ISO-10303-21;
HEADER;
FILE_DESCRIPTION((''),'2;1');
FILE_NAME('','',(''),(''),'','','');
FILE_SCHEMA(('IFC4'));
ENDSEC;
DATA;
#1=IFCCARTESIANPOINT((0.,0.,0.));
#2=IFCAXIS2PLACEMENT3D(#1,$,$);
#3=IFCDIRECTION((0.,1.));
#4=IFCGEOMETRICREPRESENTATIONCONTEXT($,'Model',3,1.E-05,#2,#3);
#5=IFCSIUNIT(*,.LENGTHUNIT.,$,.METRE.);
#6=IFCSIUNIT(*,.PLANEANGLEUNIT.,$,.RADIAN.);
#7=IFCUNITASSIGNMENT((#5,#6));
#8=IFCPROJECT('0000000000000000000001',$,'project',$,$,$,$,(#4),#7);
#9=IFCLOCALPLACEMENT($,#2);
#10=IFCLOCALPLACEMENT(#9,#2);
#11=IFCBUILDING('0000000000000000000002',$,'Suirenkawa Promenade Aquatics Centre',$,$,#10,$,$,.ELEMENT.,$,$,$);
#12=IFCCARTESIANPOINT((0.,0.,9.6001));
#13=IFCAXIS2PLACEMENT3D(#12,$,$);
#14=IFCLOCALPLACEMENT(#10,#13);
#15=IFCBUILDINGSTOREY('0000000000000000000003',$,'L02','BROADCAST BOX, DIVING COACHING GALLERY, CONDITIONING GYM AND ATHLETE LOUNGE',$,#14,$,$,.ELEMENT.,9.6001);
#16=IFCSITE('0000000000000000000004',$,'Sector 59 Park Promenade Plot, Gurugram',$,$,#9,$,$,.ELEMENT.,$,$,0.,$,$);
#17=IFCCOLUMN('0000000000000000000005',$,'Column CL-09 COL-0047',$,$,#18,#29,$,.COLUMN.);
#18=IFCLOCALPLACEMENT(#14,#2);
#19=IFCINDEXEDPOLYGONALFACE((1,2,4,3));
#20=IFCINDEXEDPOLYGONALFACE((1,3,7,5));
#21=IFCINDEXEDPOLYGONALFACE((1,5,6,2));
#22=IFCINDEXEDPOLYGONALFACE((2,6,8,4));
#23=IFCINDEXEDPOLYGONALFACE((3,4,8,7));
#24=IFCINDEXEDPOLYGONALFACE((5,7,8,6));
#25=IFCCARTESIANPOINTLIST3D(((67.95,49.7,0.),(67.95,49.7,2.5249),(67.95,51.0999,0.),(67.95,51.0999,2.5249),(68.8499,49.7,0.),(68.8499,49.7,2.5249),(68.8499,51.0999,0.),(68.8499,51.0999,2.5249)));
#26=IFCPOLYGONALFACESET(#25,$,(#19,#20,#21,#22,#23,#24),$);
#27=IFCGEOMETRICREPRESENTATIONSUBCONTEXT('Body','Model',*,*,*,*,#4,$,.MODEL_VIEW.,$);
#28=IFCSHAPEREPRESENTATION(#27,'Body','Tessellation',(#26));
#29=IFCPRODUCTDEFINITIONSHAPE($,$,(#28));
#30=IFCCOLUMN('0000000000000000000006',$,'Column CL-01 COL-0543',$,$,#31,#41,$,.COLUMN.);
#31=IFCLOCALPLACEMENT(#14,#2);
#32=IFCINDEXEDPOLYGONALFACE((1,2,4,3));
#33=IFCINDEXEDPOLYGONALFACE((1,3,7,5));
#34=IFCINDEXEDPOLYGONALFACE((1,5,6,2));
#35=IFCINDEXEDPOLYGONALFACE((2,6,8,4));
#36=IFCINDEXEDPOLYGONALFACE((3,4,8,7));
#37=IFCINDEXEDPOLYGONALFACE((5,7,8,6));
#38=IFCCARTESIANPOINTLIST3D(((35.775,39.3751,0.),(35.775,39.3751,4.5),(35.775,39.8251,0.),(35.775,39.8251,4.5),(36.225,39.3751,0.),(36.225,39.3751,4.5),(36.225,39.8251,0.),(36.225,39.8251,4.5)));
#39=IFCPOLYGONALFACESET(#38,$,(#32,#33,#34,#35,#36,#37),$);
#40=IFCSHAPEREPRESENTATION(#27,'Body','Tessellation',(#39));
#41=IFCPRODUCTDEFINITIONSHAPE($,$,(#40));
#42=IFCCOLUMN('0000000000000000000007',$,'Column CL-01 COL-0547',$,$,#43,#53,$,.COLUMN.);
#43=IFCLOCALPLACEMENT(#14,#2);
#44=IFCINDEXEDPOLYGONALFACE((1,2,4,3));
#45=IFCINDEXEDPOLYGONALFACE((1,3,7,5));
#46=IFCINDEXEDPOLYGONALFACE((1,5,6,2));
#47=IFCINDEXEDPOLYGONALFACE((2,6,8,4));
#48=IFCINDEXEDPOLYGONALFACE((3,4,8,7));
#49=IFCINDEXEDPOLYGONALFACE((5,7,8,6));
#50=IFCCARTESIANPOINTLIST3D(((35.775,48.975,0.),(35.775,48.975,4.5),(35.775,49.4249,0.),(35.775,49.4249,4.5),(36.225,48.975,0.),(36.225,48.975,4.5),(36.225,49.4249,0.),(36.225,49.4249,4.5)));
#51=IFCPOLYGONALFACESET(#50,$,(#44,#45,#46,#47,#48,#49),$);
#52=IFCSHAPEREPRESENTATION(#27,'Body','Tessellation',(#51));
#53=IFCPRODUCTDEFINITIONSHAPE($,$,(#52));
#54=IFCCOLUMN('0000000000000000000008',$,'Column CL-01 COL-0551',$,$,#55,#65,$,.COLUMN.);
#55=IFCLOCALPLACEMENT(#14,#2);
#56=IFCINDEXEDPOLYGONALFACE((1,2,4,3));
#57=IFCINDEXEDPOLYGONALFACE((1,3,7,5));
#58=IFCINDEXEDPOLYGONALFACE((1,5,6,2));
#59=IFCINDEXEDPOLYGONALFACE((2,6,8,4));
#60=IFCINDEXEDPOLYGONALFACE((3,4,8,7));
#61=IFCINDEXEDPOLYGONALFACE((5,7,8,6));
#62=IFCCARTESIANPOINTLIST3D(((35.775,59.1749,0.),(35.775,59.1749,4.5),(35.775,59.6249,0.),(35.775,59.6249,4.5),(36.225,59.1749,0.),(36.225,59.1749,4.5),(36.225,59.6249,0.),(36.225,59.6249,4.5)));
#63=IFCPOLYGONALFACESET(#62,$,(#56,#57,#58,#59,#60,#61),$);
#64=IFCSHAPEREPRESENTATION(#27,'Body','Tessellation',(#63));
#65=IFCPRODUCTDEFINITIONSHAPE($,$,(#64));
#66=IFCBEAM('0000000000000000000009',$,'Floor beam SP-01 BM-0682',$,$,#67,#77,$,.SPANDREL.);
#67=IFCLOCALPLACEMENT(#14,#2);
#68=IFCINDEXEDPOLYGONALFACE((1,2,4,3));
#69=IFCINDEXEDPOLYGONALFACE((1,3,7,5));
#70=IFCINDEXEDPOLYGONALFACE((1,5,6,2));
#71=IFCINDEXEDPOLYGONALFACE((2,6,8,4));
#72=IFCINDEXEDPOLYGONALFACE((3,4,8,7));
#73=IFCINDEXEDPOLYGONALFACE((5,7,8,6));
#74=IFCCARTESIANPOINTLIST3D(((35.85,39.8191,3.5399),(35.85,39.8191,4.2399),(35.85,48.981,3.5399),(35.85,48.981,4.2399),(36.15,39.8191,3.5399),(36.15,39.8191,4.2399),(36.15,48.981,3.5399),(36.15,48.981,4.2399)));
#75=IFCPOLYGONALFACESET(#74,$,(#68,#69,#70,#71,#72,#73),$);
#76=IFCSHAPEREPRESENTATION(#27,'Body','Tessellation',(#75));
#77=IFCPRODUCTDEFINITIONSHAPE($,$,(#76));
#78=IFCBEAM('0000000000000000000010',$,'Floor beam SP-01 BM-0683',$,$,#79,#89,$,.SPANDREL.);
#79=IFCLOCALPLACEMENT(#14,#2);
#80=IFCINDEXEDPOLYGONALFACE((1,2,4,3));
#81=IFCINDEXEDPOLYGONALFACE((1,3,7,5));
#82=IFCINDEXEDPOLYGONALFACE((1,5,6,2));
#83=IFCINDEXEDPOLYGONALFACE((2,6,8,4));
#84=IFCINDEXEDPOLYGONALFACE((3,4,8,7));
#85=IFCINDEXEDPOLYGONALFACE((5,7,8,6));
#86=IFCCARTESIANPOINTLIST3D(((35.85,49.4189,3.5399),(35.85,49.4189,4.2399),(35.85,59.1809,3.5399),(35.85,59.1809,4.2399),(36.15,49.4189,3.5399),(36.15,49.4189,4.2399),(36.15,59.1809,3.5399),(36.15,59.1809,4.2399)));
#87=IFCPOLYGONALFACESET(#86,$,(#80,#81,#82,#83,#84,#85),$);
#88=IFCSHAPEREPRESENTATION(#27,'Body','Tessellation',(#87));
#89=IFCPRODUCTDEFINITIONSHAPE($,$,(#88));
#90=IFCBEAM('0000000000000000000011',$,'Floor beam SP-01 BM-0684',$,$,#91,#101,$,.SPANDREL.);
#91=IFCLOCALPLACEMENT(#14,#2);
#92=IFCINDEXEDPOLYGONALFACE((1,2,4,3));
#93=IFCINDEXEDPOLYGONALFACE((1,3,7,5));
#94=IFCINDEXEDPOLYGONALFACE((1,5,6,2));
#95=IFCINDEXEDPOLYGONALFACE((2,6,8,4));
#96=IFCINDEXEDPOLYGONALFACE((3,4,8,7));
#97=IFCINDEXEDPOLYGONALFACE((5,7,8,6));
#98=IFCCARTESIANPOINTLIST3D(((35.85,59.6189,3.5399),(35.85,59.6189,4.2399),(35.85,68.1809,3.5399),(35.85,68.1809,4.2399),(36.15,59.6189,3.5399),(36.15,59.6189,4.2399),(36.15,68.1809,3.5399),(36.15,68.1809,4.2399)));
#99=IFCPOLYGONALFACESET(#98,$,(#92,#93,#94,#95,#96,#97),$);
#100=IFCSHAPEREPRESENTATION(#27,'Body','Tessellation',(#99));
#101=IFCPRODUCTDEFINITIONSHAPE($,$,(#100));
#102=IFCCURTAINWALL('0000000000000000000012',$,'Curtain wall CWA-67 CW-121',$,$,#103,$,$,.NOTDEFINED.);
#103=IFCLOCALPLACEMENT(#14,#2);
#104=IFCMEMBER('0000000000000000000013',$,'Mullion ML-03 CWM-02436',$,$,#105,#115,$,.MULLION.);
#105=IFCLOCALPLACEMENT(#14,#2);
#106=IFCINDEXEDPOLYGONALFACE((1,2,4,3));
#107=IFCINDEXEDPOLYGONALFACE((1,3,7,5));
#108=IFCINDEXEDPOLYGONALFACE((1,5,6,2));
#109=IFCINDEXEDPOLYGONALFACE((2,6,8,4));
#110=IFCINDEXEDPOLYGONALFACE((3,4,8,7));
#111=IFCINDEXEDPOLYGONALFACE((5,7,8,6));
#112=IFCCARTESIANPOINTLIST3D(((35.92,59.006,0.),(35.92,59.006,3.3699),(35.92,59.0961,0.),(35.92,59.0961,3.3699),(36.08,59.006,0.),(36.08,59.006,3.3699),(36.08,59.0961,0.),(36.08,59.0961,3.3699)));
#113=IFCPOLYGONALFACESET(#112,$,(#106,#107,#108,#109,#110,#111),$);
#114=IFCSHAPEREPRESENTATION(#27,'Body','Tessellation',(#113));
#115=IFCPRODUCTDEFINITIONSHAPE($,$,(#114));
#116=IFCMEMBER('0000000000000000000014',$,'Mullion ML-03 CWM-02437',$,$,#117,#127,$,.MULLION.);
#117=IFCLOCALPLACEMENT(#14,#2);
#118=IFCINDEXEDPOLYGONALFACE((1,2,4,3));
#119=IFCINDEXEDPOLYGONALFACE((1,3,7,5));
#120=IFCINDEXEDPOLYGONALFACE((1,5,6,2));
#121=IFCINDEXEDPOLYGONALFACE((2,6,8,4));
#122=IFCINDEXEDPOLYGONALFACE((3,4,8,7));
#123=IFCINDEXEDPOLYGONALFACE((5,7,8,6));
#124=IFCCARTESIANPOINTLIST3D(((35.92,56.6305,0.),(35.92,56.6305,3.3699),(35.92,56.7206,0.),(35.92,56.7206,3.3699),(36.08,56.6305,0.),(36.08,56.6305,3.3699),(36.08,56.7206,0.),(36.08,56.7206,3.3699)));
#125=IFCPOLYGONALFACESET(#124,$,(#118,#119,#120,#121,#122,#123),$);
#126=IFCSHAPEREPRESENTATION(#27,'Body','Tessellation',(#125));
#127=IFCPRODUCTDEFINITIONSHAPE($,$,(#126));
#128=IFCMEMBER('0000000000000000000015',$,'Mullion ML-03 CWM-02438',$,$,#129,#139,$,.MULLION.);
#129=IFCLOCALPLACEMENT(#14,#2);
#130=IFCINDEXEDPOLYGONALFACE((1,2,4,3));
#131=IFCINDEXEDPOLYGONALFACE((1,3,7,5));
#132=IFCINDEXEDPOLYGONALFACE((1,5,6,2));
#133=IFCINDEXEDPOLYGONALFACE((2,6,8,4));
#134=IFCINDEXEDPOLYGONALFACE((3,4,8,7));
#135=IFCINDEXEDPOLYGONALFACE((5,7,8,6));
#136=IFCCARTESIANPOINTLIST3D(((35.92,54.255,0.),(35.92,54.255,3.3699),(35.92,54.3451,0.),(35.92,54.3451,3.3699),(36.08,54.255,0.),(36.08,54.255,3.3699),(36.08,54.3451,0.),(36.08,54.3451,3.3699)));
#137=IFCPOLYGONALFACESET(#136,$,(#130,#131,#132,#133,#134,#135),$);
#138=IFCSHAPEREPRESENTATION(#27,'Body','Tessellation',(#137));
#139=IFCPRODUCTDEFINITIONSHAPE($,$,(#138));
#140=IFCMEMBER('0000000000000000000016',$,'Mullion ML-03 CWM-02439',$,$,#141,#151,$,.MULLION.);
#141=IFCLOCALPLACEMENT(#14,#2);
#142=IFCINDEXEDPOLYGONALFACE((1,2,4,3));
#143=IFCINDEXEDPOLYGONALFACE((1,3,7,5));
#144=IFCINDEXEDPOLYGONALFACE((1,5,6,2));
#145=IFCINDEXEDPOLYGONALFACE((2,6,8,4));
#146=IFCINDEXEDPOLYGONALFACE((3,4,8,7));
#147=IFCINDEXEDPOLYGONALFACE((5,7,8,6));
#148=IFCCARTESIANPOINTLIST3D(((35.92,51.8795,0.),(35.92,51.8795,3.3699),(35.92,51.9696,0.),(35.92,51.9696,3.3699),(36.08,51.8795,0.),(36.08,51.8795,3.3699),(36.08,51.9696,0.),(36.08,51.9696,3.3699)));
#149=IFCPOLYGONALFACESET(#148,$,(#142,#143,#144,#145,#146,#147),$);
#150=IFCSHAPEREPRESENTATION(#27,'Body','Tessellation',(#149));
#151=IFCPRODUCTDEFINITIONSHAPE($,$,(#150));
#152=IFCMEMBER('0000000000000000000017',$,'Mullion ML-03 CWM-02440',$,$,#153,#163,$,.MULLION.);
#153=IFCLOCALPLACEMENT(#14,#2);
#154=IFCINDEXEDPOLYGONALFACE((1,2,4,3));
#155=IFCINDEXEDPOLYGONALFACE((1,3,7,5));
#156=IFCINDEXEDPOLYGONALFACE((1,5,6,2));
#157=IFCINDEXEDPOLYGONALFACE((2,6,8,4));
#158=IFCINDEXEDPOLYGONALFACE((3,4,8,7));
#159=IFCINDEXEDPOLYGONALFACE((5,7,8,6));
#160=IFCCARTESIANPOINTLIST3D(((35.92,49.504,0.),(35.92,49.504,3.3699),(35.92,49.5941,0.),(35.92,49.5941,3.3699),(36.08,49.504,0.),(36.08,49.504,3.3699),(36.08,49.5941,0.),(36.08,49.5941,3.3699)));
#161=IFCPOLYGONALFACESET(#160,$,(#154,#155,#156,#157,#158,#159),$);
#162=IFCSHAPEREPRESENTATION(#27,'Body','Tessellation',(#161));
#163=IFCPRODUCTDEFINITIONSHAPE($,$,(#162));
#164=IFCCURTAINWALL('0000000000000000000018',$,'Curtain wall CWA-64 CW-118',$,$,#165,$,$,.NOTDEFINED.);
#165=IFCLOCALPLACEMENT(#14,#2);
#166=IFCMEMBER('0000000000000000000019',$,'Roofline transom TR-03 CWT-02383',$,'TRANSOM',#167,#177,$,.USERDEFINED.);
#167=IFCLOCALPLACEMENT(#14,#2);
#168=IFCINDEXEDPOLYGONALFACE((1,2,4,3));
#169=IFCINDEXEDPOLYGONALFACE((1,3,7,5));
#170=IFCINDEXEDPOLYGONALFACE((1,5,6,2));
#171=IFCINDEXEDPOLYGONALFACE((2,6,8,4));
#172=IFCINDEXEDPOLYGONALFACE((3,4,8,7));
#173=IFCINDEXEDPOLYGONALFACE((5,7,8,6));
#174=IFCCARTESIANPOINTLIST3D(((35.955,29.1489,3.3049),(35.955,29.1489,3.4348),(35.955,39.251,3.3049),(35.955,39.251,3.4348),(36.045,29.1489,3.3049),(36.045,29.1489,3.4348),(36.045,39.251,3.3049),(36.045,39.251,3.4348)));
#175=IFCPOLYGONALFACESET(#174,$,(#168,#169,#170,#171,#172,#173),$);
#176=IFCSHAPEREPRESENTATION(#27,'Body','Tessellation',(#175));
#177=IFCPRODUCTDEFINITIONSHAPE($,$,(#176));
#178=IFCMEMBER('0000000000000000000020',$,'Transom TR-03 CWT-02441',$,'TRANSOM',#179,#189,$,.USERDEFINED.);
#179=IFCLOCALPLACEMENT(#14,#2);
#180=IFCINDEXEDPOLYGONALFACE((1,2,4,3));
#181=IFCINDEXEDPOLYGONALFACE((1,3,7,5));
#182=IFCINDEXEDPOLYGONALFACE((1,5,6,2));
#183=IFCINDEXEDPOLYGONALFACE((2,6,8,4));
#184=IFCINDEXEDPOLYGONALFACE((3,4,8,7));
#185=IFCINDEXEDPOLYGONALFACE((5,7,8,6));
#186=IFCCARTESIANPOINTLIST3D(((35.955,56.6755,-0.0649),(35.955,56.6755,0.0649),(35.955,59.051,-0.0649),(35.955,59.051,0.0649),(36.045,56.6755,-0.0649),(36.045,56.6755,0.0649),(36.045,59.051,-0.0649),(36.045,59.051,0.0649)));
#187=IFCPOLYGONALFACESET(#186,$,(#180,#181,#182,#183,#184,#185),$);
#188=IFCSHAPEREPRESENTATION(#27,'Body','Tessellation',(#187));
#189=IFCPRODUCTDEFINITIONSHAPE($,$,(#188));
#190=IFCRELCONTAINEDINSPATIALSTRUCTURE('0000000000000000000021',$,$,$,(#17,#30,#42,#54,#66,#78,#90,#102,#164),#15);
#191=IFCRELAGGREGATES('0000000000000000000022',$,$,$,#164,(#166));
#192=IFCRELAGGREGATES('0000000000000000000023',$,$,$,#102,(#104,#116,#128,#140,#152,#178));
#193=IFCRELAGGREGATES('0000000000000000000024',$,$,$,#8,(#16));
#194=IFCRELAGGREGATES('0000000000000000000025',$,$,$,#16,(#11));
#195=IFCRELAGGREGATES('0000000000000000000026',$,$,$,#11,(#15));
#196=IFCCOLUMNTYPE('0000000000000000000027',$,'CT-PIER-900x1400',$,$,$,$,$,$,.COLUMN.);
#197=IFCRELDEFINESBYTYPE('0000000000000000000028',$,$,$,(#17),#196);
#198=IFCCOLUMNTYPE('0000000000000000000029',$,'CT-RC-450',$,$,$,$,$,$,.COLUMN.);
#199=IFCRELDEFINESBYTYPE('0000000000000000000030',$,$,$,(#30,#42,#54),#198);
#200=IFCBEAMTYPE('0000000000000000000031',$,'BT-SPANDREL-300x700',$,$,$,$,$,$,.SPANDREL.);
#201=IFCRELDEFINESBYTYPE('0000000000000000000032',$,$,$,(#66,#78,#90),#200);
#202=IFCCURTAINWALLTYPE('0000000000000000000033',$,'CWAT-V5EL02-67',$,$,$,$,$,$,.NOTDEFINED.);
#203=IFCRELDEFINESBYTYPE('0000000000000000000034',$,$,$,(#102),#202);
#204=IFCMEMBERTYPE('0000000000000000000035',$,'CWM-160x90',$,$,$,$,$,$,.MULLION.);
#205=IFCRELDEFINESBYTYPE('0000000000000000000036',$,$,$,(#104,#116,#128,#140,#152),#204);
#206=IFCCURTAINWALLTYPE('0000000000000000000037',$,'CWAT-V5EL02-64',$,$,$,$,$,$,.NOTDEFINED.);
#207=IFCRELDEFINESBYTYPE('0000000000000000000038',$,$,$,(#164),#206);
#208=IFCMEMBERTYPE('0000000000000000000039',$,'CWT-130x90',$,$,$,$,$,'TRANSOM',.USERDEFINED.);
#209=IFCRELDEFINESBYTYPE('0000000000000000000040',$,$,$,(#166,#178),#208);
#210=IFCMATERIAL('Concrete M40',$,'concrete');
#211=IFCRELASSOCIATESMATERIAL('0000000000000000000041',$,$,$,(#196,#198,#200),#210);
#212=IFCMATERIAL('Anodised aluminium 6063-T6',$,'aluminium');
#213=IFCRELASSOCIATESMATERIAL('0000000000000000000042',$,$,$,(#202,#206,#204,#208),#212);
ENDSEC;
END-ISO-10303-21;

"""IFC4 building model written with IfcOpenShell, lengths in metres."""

from ifc_helpers import new_model, si_unit, direction, frame, origin, origin_2d, place, context, subcontext, project, spatial, rectangle, extrude, material, material_profile, profile_set, type_object, element, aggregate, save


model = new_model("IFC4")

# Units and contexts
model_context = context("Model", 3, precision=1e-05, world=origin(), true_north=direction((0.0, 1.0)))
body_context = subcontext(model_context, "Body", "Model", "MODEL_VIEW")
ifc_project = project(units=[si_unit("LENGTHUNIT", "METRE"), si_unit("PLANEANGLEUNIT", "RADIAN")], contexts=[model_context])

# Site, building, storey
site_placement = place(None, origin())
site = spatial("IfcSite", under=ifc_project, at=site_placement, Name="Sector 59 Park Promenade Plot, Gurugram", CompositionType="ELEMENT", RefElevation=0.0)
building_placement = place(site_placement, origin())
building = spatial("IfcBuilding", under=site, at=building_placement, Name="Suirenkawa Promenade Aquatics Centre", CompositionType="ELEMENT")
storey_placement = place(building_placement, frame((0.0, 0.0, 9.6001)))
storey = spatial("IfcBuildingStorey", under=building, at=storey_placement, Name="L02", Description="BROADCAST BOX, DIVING COACHING GALLERY, CONDITIONING GYM AND ATHLETE LOUNGE", CompositionType="ELEMENT", Elevation=9.6001)

# Columns
ifc_material_1 = material(Name="Concrete M40", Category="concrete")
ifc_material_profile_1 = material_profile(ifc_material_1, rectangle(XDim=0.8999, YDim=1.3999, at=origin_2d()), Name="RC PIER 900x1400", Category="concrete")
ifc_profile_set_1 = profile_set([ifc_material_profile_1], Name="Concrete M40")
column_type_1 = type_object("IfcColumnType", Name="CT-PIER-900x1400", PredefinedType="COLUMN", material=ifc_profile_set_1)
column_placement = place(storey_placement, frame((68.3999, 50.3999, 0.0), z_axis=(0.0, 0.0, 1.0), x_axis=(1.0, 0.0, 0.0)))
element("IfcColumn", 1, at=column_placement, inside=storey, type_object=column_type_1, Name="Column CL-09 COL-0047", PredefinedType="COLUMN", context=body_context, shape_type="SweptSolid", body=[
    extrude(rectangle(XDim=0.8999, YDim=1.3999, at=origin_2d()), origin(), (0.0, 0.0, 1.0), 2.5249),
])
ifc_material_profile_2 = material_profile(ifc_material_1, rectangle(XDim=0.45, YDim=0.45, at=origin_2d()), Name="RC COL 450x450", Category="concrete")
ifc_profile_set_2 = profile_set([ifc_material_profile_2], Name="Concrete M40")
column_type_2 = type_object("IfcColumnType", Name="CT-RC-450", PredefinedType="COLUMN", material=ifc_profile_set_2)
for number, where, z_axis, x_axis, name in (
    (2, (36.0, 39.6001, 0.0), (0.0, 0.0, 1.0), (1.0, 0.0, 0.0), "Column CL-01 COL-0543"),
    (3, (36.0, 49.2, 0.0), (0.0, 0.0, 1.0), (1.0, 0.0, 0.0), "Column CL-01 COL-0547"),
    (4, (36.0, 59.3999, 0.0), (0.0, 0.0, 1.0), (1.0, 0.0, 0.0), "Column CL-01 COL-0551"),
):
    element("IfcColumn", number, at=place(storey_placement, frame(where, z_axis=z_axis, x_axis=x_axis)), inside=storey, type_object=column_type_2, Name=name, PredefinedType="COLUMN", context=body_context, shape_type="SweptSolid", body=[
        extrude(rectangle(XDim=0.45, YDim=0.45, at=origin_2d()), origin(), (0.0, 0.0, 1.0), 4.5),
    ])

# Beams
ifc_material_profile_3 = material_profile(ifc_material_1, rectangle(XDim=0.3, YDim=0.7, at=origin_2d()), Name="RC SPANDREL 300x700", Category="concrete")
ifc_profile_set_3 = profile_set([ifc_material_profile_3], Name="Concrete M40")
beam_type = type_object("IfcBeamType", Name="BT-SPANDREL-300x700", PredefinedType="SPANDREL", material=ifc_profile_set_3)
beam_1_placement = place(storey_placement, frame((36.0, 39.8191, 3.8899), z_axis=(0.0, 1.0, 0.0), x_axis=(-1.0, 0.0, 0.0)))
element("IfcBeam", 5, at=beam_1_placement, inside=storey, type_object=beam_type, Name="Floor beam SP-01 BM-0682", PredefinedType="SPANDREL", context=body_context, shape_type="SweptSolid", body=[
    extrude(rectangle(XDim=0.3, YDim=0.7, at=origin_2d()), origin(), (0.0, 0.0, 1.0), 9.1619),
])
beam_2_placement = place(storey_placement, frame((36.0, 49.4189, 3.8899), z_axis=(0.0, 1.0, 0.0), x_axis=(-1.0, 0.0, 0.0)))
element("IfcBeam", 6, at=beam_2_placement, inside=storey, type_object=beam_type, Name="Floor beam SP-01 BM-0683", PredefinedType="SPANDREL", context=body_context, shape_type="SweptSolid", body=[
    extrude(rectangle(XDim=0.3, YDim=0.7, at=origin_2d()), origin(), (0.0, 0.0, 1.0), 9.762),
])
beam_3_placement = place(storey_placement, frame((36.0, 59.6189, 3.8899), z_axis=(0.0, 1.0, 0.0), x_axis=(-1.0, 0.0, 0.0)))
element("IfcBeam", 7, at=beam_3_placement, inside=storey, type_object=beam_type, Name="Floor beam SP-01 BM-0684", PredefinedType="SPANDREL", context=body_context, shape_type="SweptSolid", body=[
    extrude(rectangle(XDim=0.3, YDim=0.7, at=origin_2d()), origin(), (0.0, 0.0, 1.0), 8.562),
])

# Curtain wall, members
ifc_material_2 = material(Name="Anodised aluminium 6063-T6", Category="aluminium")
curtain_wall_type_1 = type_object("IfcCurtainWallType", Name="CWAT-V5EL02-67", PredefinedType="NOTDEFINED", material=ifc_material_2)
curtain_wall_1_placement = place(storey_placement, origin())
curtain_wall_1 = element("IfcCurtainWall", 8, at=curtain_wall_1_placement, inside=storey, type_object=curtain_wall_type_1, Name="Curtain wall CWA-67 CW-121", PredefinedType="NOTDEFINED")
ifc_material_profile_4 = material_profile(ifc_material_2, rectangle(XDim=0.0901, YDim=0.1599, at=origin_2d()), Name="ALU MULL 90x160", Category="aluminium")
ifc_profile_set_4 = profile_set([ifc_material_profile_4], Name="Anodised aluminium 6063-T6")
member_type_1 = type_object("IfcMemberType", Name="CWM-160x90", PredefinedType="MULLION", material=ifc_profile_set_4)
member_1_placement = place(storey_placement, frame((36.0, 59.051, 0.0), z_axis=(0.0, 0.0, 1.0), x_axis=(0.0, -1.0, 0.0)))
member_1 = element("IfcMember", 9, at=member_1_placement, type_object=member_type_1, Name="Mullion ML-03 CWM-02436", PredefinedType="MULLION", context=body_context, shape_type="SweptSolid", body=[
    extrude(rectangle(XDim=0.0901, YDim=0.1599, at=origin_2d()), origin(), (0.0, 0.0, 1.0), 3.3699),
])
member_2_placement = place(storey_placement, frame((36.0, 56.6755, 0.0), z_axis=(0.0, 0.0, 1.0), x_axis=(0.0, -1.0, 0.0)))
member_2 = element("IfcMember", 10, at=member_2_placement, type_object=member_type_1, Name="Mullion ML-03 CWM-02437", PredefinedType="MULLION", context=body_context, shape_type="SweptSolid", body=[
    extrude(rectangle(XDim=0.0901, YDim=0.1599, at=origin_2d()), origin(), (0.0, 0.0, 1.0), 3.3699),
])
member_3_placement = place(storey_placement, frame((36.0, 54.3, 0.0), z_axis=(0.0, 0.0, 1.0), x_axis=(0.0, -1.0, 0.0)))
member_3 = element("IfcMember", 11, at=member_3_placement, type_object=member_type_1, Name="Mullion ML-03 CWM-02438", PredefinedType="MULLION", context=body_context, shape_type="SweptSolid", body=[
    extrude(rectangle(XDim=0.0901, YDim=0.1599, at=origin_2d()), origin(), (0.0, 0.0, 1.0), 3.3699),
])
member_4_placement = place(storey_placement, frame((36.0, 51.9246, 0.0), z_axis=(0.0, 0.0, 1.0), x_axis=(0.0, -1.0, 0.0)))
member_4 = element("IfcMember", 12, at=member_4_placement, type_object=member_type_1, Name="Mullion ML-03 CWM-02439", PredefinedType="MULLION", context=body_context, shape_type="SweptSolid", body=[
    extrude(rectangle(XDim=0.0901, YDim=0.1599, at=origin_2d()), origin(), (0.0, 0.0, 1.0), 3.3699),
])
member_5_placement = place(storey_placement, frame((36.0, 49.5491, 0.0), z_axis=(0.0, 0.0, 1.0), x_axis=(0.0, -1.0, 0.0)))
member_5 = element("IfcMember", 13, at=member_5_placement, type_object=member_type_1, Name="Mullion ML-03 CWM-02440", PredefinedType="MULLION", context=body_context, shape_type="SweptSolid", body=[
    extrude(rectangle(XDim=0.0901, YDim=0.1599, at=origin_2d()), origin(), (0.0, 0.0, 1.0), 3.3699),
])

# Curtain wall, member
curtain_wall_type_2 = type_object("IfcCurtainWallType", Name="CWAT-V5EL02-64", PredefinedType="NOTDEFINED", material=ifc_material_2)
curtain_wall_2_placement = place(storey_placement, origin())
curtain_wall_2 = element("IfcCurtainWall", 14, at=curtain_wall_2_placement, inside=storey, type_object=curtain_wall_type_2, Name="Curtain wall CWA-64 CW-118", PredefinedType="NOTDEFINED")
ifc_material_profile_5 = material_profile(ifc_material_2, rectangle(XDim=0.0901, YDim=0.1299, at=origin_2d()), Name="ALU TRAN 90x130", Category="aluminium")
ifc_profile_set_5 = profile_set([ifc_material_profile_5], Name="Anodised aluminium 6063-T6")
member_type_2 = type_object("IfcMemberType", Name="CWT-130x90", ElementType="TRANSOM", PredefinedType="USERDEFINED", material=ifc_profile_set_5)
member_6_placement = place(storey_placement, frame((36.0, 39.251, 3.3699), z_axis=(0.0, -1.0, 0.0), x_axis=(1.0, 0.0, 0.0)))
member_6 = element("IfcMember", 15, at=member_6_placement, type_object=member_type_2, Name="Roofline transom TR-03 CWT-02383", ObjectType="TRANSOM", PredefinedType="USERDEFINED", context=body_context, shape_type="SweptSolid", body=[
    extrude(rectangle(XDim=0.0901, YDim=0.1299, at=origin_2d()), origin(), (0.0, 0.0, 1.0), 10.1021),
])

# Member
member_7_placement = place(storey_placement, frame((36.0, 59.051, 0.0), z_axis=(0.0, -1.0, 0.0), x_axis=(1.0, 0.0, 0.0)))
member_7 = element("IfcMember", 16, at=member_7_placement, type_object=member_type_2, Name="Transom TR-03 CWT-02441", ObjectType="TRANSOM", PredefinedType="USERDEFINED", context=body_context, shape_type="SweptSolid", body=[
    extrude(rectangle(XDim=0.0901, YDim=0.1299, at=origin_2d()), origin(), (0.0, 0.0, 1.0), 2.3755),
])

aggregate(curtain_wall_2, [member_6])
aggregate(curtain_wall_1, [member_1, member_2, member_3, member_4, member_5, member_7])

save(model, "model.ifc")
